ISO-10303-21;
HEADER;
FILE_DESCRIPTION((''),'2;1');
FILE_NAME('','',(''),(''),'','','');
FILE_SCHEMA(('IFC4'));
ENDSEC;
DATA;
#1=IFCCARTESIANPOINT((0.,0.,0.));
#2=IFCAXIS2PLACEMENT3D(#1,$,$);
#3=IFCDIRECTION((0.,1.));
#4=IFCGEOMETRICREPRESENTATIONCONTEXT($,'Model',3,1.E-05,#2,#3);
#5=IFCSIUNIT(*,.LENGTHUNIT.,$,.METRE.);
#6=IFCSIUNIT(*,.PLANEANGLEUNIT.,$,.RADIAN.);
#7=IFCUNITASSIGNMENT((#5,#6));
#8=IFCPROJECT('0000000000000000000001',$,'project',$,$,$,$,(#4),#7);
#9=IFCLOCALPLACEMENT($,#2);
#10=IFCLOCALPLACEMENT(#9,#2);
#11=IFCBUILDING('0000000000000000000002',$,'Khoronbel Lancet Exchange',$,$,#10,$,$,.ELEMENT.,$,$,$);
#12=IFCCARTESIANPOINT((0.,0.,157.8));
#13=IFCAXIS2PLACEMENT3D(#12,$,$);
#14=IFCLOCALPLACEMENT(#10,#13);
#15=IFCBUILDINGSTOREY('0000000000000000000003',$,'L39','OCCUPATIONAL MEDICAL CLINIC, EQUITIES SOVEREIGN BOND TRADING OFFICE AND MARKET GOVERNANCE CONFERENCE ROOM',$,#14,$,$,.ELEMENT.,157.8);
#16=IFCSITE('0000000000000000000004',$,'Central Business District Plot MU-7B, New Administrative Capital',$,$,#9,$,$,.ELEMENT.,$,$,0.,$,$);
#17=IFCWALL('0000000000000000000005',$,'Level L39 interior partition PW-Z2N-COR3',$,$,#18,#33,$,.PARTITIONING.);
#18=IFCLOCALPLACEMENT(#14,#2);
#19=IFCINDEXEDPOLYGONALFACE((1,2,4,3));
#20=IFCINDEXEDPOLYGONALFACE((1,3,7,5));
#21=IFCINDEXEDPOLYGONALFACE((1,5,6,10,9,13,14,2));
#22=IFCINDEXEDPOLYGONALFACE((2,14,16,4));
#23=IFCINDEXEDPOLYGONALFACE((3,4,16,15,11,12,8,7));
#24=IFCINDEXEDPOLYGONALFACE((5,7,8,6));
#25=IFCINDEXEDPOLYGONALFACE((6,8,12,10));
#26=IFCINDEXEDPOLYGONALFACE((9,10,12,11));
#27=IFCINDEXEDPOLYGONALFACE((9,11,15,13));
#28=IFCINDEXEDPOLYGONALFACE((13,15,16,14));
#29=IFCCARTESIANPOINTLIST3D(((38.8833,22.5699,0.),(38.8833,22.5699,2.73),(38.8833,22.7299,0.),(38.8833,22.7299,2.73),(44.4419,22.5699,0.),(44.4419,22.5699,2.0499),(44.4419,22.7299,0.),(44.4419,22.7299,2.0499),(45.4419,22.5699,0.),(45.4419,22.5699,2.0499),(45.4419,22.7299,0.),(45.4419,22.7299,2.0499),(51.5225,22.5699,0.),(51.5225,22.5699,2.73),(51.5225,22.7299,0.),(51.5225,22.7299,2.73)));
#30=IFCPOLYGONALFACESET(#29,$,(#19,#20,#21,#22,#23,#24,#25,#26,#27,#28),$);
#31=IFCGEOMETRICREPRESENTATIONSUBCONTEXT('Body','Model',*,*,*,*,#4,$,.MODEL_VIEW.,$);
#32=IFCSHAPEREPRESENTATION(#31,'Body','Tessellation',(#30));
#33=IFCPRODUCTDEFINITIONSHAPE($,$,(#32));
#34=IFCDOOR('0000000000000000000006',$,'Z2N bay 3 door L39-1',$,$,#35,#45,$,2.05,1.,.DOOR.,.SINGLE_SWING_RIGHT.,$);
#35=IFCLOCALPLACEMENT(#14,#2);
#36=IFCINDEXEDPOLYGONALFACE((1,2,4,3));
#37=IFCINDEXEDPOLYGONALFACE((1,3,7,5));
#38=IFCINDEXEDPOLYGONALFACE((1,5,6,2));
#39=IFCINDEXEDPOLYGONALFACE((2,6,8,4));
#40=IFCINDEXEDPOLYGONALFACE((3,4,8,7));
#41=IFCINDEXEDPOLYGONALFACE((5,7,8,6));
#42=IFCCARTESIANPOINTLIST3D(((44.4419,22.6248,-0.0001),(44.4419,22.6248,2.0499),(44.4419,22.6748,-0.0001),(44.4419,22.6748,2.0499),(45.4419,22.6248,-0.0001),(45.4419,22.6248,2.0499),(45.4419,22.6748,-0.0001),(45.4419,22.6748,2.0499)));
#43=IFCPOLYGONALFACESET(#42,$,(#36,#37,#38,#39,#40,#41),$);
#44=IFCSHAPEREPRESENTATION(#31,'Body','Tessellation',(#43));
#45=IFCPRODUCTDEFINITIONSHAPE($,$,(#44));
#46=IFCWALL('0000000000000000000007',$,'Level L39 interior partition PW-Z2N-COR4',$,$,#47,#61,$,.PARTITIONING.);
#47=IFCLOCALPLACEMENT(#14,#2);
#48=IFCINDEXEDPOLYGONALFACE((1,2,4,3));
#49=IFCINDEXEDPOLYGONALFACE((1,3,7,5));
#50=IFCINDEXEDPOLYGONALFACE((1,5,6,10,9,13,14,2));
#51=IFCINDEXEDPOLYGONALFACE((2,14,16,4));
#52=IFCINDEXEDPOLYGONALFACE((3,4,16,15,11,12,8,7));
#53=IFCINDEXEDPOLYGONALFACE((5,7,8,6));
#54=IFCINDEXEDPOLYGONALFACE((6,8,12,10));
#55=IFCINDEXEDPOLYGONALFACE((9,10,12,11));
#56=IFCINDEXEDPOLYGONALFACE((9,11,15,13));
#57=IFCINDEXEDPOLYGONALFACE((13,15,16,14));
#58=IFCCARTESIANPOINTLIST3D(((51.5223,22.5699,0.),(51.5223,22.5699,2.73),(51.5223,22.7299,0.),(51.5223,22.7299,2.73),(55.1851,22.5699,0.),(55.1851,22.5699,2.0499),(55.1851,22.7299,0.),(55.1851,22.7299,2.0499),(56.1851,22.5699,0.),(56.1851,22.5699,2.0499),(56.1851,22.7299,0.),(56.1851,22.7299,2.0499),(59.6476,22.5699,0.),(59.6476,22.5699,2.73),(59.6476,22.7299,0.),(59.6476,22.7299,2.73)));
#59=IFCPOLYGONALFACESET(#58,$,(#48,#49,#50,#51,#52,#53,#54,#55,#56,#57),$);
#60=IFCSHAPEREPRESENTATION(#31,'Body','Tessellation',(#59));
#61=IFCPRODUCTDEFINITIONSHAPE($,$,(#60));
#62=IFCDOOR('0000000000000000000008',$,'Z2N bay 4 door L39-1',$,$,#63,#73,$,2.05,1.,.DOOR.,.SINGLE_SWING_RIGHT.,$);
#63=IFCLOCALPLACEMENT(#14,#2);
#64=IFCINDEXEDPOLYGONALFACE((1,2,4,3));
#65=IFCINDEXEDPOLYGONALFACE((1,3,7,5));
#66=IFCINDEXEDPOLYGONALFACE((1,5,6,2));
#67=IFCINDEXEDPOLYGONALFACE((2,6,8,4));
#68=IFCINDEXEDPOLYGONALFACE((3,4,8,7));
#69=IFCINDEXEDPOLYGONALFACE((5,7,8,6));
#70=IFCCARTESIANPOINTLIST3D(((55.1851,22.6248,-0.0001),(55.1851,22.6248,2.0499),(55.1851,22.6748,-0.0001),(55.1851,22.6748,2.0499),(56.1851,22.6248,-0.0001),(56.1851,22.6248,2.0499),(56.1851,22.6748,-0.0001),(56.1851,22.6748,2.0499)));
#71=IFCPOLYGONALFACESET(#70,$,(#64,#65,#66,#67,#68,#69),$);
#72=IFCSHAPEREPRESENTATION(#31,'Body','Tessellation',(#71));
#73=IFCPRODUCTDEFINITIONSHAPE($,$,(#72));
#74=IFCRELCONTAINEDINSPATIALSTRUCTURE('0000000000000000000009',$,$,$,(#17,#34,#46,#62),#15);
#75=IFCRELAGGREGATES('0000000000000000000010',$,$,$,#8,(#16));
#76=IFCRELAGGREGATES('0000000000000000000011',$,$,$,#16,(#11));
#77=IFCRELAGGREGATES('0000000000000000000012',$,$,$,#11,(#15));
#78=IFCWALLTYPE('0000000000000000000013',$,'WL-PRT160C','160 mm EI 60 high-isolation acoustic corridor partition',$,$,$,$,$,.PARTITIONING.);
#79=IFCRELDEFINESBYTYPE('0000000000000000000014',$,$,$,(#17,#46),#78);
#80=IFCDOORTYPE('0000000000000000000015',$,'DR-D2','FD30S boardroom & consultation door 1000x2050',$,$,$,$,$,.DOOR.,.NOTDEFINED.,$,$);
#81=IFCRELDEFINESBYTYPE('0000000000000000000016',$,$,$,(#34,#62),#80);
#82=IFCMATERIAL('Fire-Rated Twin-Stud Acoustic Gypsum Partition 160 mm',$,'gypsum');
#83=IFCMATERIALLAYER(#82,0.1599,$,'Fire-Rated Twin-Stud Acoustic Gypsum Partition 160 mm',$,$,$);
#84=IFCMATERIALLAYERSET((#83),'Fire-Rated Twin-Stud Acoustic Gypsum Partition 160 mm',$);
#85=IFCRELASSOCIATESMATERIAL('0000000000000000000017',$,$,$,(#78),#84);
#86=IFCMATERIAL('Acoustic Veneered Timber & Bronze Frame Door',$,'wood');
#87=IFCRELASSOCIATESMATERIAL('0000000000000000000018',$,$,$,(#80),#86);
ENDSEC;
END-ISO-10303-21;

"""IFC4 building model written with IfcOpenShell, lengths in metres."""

from ifc_helpers import new_model, si_unit, direction, frame, frame_2d, origin, place, context, subcontext, project, spatial, rectangle, extrude, material, layer, layer_set, type_object, element, fill, save


model = new_model("IFC4")

# Units and contexts
model_context = context("Model", 3, precision=1e-05, world=origin(), true_north=direction((0.0, 1.0)))
body_context = subcontext(model_context, "Body", "Model", "MODEL_VIEW")
ifc_project = project(units=[si_unit("LENGTHUNIT", "METRE"), si_unit("PLANEANGLEUNIT", "RADIAN")], contexts=[model_context])

# Site, building, storey
site_placement = place(None, origin())
site = spatial("IfcSite", under=ifc_project, at=site_placement, Name="Central Business District Plot MU-7B, New Administrative Capital", CompositionType="ELEMENT", RefElevation=0.0)
building_placement = place(site_placement, origin())
building = spatial("IfcBuilding", under=site, at=building_placement, Name="Khoronbel Lancet Exchange", CompositionType="ELEMENT")
storey_placement = place(building_placement, frame((0.0, 0.0, 157.8)))
storey = spatial("IfcBuildingStorey", under=building, at=storey_placement, Name="L39", Description="OCCUPATIONAL MEDICAL CLINIC, EQUITIES SOVEREIGN BOND TRADING OFFICE AND MARKET GOVERNANCE CONFERENCE ROOM", CompositionType="ELEMENT", Elevation=157.8)

# Walls, openings, doors
ifc_material_1 = material(Name="Fire-Rated Twin-Stud Acoustic Gypsum Partition 160 mm", Category="gypsum")
ifc_layer_1 = layer(ifc_material_1, 0.1599, Name="Fire-Rated Twin-Stud Acoustic Gypsum Partition 160 mm")
ifc_layer_set_1 = layer_set([ifc_layer_1], Name="Fire-Rated Twin-Stud Acoustic Gypsum Partition 160 mm")
wall_type_1 = type_object("IfcWallType", Name="WL-PRT160C", Description="160 mm EI 60 high-isolation acoustic corridor partition", PredefinedType="PARTITIONING", material=ifc_layer_set_1)
ifc_material_2 = material(Name="Acoustic Veneered Timber & Bronze Frame Door", Category="wood")
door_type_1 = type_object("IfcDoorType", Name="DR-D2", Description="FD30S boardroom & consultation door 1000x2050", OperationType="NOTDEFINED", PredefinedType="DOOR", material=ifc_material_2)
wall_1_placement = place(storey_placement, frame((38.8833, 22.6499, 0.0), z_axis=(0.0, 0.0, 1.0), x_axis=(1.0, 0.0, 0.0)))
wall_1 = element("IfcWall", 1, at=wall_1_placement, inside=storey, type_object=wall_type_1, Name="Level L39 interior partition PW-Z2N-COR3", PredefinedType="PARTITIONING", context=body_context, shape_type="SweptSolid", body=[
    extrude(rectangle(XDim=12.6392, YDim=0.1599, at=frame_2d((6.3196, 0.0))), origin(), (0.0, 0.0, 1.0), 2.73),
])
opening_1_placement = place(wall_1_placement, frame((5.5586, 0.0, 0.0)))
opening_1 = element("IfcOpeningElement", 2, at=opening_1_placement, cuts=wall_1, PredefinedType="OPENING", context=body_context, shape_type="SweptSolid", body=[
    extrude(rectangle(XDim=1.0, YDim=2.05, at=frame_2d((0.5, 1.0249))), frame((0.0, 0.0898, 0.0), z_axis=(0.0, -1.0, 0.0), x_axis=(1.0, 0.0, 0.0)), (0.0, 0.0, 1.0), 0.1799),
])
door_1_placement = place(opening_1_placement, origin())
door_1 = element("IfcDoor", 3, at=door_1_placement, inside=storey, type_object=door_type_1, Name="Z2N bay 3 door L39-1", OperationType="SINGLE_SWING_RIGHT", OverallHeight=2.05, OverallWidth=1.0, PredefinedType="DOOR", context=body_context, shape_type="SweptSolid", body=[
    extrude(rectangle(XDim=1.0, YDim=2.05, at=frame_2d((0.5, 1.0249))), frame((0.0, 0.0249, 0.0), z_axis=(0.0, -1.0, 0.0), x_axis=(1.0, 0.0, 0.0)), (0.0, 0.0, 1.0), 0.05),
])
fill(opening_1, door_1)
wall_2_placement = place(storey_placement, frame((51.5225, 22.6499, 0.0), z_axis=(0.0, 0.0, 1.0), x_axis=(1.0, 0.0, 0.0)))
wall_2 = element("IfcWall", 4, at=wall_2_placement, inside=storey, type_object=wall_type_1, Name="Level L39 interior partition PW-Z2N-COR4", PredefinedType="PARTITIONING", context=body_context, shape_type="SweptSolid", body=[
    extrude(rectangle(XDim=8.1252, YDim=0.1599, at=frame_2d((4.0625, 0.0))), origin(), (0.0, 0.0, 1.0), 2.73),
])
opening_2_placement = place(wall_2_placement, frame((3.6626, 0.0, 0.0)))
opening_2 = element("IfcOpeningElement", 5, at=opening_2_placement, cuts=wall_2, PredefinedType="OPENING", context=body_context, shape_type="SweptSolid", body=[
    extrude(rectangle(XDim=1.0, YDim=2.05, at=frame_2d((0.5, 1.0249))), frame((0.0, 0.0898, 0.0), z_axis=(0.0, -1.0, 0.0), x_axis=(1.0, 0.0, 0.0)), (0.0, 0.0, 1.0), 0.1799),
])
door_2_placement = place(opening_2_placement, origin())
door_2 = element("IfcDoor", 6, at=door_2_placement, inside=storey, type_object=door_type_1, Name="Z2N bay 4 door L39-1", OperationType="SINGLE_SWING_RIGHT", OverallHeight=2.05, OverallWidth=1.0, PredefinedType="DOOR", context=body_context, shape_type="SweptSolid", body=[
    extrude(rectangle(XDim=1.0, YDim=2.05, at=frame_2d((0.5, 1.0249))), frame((0.0, 0.0249, 0.0), z_axis=(0.0, -1.0, 0.0), x_axis=(1.0, 0.0, 0.0)), (0.0, 0.0, 1.0), 0.05),
])
fill(opening_2, door_2)

save(model, "model.ifc")
